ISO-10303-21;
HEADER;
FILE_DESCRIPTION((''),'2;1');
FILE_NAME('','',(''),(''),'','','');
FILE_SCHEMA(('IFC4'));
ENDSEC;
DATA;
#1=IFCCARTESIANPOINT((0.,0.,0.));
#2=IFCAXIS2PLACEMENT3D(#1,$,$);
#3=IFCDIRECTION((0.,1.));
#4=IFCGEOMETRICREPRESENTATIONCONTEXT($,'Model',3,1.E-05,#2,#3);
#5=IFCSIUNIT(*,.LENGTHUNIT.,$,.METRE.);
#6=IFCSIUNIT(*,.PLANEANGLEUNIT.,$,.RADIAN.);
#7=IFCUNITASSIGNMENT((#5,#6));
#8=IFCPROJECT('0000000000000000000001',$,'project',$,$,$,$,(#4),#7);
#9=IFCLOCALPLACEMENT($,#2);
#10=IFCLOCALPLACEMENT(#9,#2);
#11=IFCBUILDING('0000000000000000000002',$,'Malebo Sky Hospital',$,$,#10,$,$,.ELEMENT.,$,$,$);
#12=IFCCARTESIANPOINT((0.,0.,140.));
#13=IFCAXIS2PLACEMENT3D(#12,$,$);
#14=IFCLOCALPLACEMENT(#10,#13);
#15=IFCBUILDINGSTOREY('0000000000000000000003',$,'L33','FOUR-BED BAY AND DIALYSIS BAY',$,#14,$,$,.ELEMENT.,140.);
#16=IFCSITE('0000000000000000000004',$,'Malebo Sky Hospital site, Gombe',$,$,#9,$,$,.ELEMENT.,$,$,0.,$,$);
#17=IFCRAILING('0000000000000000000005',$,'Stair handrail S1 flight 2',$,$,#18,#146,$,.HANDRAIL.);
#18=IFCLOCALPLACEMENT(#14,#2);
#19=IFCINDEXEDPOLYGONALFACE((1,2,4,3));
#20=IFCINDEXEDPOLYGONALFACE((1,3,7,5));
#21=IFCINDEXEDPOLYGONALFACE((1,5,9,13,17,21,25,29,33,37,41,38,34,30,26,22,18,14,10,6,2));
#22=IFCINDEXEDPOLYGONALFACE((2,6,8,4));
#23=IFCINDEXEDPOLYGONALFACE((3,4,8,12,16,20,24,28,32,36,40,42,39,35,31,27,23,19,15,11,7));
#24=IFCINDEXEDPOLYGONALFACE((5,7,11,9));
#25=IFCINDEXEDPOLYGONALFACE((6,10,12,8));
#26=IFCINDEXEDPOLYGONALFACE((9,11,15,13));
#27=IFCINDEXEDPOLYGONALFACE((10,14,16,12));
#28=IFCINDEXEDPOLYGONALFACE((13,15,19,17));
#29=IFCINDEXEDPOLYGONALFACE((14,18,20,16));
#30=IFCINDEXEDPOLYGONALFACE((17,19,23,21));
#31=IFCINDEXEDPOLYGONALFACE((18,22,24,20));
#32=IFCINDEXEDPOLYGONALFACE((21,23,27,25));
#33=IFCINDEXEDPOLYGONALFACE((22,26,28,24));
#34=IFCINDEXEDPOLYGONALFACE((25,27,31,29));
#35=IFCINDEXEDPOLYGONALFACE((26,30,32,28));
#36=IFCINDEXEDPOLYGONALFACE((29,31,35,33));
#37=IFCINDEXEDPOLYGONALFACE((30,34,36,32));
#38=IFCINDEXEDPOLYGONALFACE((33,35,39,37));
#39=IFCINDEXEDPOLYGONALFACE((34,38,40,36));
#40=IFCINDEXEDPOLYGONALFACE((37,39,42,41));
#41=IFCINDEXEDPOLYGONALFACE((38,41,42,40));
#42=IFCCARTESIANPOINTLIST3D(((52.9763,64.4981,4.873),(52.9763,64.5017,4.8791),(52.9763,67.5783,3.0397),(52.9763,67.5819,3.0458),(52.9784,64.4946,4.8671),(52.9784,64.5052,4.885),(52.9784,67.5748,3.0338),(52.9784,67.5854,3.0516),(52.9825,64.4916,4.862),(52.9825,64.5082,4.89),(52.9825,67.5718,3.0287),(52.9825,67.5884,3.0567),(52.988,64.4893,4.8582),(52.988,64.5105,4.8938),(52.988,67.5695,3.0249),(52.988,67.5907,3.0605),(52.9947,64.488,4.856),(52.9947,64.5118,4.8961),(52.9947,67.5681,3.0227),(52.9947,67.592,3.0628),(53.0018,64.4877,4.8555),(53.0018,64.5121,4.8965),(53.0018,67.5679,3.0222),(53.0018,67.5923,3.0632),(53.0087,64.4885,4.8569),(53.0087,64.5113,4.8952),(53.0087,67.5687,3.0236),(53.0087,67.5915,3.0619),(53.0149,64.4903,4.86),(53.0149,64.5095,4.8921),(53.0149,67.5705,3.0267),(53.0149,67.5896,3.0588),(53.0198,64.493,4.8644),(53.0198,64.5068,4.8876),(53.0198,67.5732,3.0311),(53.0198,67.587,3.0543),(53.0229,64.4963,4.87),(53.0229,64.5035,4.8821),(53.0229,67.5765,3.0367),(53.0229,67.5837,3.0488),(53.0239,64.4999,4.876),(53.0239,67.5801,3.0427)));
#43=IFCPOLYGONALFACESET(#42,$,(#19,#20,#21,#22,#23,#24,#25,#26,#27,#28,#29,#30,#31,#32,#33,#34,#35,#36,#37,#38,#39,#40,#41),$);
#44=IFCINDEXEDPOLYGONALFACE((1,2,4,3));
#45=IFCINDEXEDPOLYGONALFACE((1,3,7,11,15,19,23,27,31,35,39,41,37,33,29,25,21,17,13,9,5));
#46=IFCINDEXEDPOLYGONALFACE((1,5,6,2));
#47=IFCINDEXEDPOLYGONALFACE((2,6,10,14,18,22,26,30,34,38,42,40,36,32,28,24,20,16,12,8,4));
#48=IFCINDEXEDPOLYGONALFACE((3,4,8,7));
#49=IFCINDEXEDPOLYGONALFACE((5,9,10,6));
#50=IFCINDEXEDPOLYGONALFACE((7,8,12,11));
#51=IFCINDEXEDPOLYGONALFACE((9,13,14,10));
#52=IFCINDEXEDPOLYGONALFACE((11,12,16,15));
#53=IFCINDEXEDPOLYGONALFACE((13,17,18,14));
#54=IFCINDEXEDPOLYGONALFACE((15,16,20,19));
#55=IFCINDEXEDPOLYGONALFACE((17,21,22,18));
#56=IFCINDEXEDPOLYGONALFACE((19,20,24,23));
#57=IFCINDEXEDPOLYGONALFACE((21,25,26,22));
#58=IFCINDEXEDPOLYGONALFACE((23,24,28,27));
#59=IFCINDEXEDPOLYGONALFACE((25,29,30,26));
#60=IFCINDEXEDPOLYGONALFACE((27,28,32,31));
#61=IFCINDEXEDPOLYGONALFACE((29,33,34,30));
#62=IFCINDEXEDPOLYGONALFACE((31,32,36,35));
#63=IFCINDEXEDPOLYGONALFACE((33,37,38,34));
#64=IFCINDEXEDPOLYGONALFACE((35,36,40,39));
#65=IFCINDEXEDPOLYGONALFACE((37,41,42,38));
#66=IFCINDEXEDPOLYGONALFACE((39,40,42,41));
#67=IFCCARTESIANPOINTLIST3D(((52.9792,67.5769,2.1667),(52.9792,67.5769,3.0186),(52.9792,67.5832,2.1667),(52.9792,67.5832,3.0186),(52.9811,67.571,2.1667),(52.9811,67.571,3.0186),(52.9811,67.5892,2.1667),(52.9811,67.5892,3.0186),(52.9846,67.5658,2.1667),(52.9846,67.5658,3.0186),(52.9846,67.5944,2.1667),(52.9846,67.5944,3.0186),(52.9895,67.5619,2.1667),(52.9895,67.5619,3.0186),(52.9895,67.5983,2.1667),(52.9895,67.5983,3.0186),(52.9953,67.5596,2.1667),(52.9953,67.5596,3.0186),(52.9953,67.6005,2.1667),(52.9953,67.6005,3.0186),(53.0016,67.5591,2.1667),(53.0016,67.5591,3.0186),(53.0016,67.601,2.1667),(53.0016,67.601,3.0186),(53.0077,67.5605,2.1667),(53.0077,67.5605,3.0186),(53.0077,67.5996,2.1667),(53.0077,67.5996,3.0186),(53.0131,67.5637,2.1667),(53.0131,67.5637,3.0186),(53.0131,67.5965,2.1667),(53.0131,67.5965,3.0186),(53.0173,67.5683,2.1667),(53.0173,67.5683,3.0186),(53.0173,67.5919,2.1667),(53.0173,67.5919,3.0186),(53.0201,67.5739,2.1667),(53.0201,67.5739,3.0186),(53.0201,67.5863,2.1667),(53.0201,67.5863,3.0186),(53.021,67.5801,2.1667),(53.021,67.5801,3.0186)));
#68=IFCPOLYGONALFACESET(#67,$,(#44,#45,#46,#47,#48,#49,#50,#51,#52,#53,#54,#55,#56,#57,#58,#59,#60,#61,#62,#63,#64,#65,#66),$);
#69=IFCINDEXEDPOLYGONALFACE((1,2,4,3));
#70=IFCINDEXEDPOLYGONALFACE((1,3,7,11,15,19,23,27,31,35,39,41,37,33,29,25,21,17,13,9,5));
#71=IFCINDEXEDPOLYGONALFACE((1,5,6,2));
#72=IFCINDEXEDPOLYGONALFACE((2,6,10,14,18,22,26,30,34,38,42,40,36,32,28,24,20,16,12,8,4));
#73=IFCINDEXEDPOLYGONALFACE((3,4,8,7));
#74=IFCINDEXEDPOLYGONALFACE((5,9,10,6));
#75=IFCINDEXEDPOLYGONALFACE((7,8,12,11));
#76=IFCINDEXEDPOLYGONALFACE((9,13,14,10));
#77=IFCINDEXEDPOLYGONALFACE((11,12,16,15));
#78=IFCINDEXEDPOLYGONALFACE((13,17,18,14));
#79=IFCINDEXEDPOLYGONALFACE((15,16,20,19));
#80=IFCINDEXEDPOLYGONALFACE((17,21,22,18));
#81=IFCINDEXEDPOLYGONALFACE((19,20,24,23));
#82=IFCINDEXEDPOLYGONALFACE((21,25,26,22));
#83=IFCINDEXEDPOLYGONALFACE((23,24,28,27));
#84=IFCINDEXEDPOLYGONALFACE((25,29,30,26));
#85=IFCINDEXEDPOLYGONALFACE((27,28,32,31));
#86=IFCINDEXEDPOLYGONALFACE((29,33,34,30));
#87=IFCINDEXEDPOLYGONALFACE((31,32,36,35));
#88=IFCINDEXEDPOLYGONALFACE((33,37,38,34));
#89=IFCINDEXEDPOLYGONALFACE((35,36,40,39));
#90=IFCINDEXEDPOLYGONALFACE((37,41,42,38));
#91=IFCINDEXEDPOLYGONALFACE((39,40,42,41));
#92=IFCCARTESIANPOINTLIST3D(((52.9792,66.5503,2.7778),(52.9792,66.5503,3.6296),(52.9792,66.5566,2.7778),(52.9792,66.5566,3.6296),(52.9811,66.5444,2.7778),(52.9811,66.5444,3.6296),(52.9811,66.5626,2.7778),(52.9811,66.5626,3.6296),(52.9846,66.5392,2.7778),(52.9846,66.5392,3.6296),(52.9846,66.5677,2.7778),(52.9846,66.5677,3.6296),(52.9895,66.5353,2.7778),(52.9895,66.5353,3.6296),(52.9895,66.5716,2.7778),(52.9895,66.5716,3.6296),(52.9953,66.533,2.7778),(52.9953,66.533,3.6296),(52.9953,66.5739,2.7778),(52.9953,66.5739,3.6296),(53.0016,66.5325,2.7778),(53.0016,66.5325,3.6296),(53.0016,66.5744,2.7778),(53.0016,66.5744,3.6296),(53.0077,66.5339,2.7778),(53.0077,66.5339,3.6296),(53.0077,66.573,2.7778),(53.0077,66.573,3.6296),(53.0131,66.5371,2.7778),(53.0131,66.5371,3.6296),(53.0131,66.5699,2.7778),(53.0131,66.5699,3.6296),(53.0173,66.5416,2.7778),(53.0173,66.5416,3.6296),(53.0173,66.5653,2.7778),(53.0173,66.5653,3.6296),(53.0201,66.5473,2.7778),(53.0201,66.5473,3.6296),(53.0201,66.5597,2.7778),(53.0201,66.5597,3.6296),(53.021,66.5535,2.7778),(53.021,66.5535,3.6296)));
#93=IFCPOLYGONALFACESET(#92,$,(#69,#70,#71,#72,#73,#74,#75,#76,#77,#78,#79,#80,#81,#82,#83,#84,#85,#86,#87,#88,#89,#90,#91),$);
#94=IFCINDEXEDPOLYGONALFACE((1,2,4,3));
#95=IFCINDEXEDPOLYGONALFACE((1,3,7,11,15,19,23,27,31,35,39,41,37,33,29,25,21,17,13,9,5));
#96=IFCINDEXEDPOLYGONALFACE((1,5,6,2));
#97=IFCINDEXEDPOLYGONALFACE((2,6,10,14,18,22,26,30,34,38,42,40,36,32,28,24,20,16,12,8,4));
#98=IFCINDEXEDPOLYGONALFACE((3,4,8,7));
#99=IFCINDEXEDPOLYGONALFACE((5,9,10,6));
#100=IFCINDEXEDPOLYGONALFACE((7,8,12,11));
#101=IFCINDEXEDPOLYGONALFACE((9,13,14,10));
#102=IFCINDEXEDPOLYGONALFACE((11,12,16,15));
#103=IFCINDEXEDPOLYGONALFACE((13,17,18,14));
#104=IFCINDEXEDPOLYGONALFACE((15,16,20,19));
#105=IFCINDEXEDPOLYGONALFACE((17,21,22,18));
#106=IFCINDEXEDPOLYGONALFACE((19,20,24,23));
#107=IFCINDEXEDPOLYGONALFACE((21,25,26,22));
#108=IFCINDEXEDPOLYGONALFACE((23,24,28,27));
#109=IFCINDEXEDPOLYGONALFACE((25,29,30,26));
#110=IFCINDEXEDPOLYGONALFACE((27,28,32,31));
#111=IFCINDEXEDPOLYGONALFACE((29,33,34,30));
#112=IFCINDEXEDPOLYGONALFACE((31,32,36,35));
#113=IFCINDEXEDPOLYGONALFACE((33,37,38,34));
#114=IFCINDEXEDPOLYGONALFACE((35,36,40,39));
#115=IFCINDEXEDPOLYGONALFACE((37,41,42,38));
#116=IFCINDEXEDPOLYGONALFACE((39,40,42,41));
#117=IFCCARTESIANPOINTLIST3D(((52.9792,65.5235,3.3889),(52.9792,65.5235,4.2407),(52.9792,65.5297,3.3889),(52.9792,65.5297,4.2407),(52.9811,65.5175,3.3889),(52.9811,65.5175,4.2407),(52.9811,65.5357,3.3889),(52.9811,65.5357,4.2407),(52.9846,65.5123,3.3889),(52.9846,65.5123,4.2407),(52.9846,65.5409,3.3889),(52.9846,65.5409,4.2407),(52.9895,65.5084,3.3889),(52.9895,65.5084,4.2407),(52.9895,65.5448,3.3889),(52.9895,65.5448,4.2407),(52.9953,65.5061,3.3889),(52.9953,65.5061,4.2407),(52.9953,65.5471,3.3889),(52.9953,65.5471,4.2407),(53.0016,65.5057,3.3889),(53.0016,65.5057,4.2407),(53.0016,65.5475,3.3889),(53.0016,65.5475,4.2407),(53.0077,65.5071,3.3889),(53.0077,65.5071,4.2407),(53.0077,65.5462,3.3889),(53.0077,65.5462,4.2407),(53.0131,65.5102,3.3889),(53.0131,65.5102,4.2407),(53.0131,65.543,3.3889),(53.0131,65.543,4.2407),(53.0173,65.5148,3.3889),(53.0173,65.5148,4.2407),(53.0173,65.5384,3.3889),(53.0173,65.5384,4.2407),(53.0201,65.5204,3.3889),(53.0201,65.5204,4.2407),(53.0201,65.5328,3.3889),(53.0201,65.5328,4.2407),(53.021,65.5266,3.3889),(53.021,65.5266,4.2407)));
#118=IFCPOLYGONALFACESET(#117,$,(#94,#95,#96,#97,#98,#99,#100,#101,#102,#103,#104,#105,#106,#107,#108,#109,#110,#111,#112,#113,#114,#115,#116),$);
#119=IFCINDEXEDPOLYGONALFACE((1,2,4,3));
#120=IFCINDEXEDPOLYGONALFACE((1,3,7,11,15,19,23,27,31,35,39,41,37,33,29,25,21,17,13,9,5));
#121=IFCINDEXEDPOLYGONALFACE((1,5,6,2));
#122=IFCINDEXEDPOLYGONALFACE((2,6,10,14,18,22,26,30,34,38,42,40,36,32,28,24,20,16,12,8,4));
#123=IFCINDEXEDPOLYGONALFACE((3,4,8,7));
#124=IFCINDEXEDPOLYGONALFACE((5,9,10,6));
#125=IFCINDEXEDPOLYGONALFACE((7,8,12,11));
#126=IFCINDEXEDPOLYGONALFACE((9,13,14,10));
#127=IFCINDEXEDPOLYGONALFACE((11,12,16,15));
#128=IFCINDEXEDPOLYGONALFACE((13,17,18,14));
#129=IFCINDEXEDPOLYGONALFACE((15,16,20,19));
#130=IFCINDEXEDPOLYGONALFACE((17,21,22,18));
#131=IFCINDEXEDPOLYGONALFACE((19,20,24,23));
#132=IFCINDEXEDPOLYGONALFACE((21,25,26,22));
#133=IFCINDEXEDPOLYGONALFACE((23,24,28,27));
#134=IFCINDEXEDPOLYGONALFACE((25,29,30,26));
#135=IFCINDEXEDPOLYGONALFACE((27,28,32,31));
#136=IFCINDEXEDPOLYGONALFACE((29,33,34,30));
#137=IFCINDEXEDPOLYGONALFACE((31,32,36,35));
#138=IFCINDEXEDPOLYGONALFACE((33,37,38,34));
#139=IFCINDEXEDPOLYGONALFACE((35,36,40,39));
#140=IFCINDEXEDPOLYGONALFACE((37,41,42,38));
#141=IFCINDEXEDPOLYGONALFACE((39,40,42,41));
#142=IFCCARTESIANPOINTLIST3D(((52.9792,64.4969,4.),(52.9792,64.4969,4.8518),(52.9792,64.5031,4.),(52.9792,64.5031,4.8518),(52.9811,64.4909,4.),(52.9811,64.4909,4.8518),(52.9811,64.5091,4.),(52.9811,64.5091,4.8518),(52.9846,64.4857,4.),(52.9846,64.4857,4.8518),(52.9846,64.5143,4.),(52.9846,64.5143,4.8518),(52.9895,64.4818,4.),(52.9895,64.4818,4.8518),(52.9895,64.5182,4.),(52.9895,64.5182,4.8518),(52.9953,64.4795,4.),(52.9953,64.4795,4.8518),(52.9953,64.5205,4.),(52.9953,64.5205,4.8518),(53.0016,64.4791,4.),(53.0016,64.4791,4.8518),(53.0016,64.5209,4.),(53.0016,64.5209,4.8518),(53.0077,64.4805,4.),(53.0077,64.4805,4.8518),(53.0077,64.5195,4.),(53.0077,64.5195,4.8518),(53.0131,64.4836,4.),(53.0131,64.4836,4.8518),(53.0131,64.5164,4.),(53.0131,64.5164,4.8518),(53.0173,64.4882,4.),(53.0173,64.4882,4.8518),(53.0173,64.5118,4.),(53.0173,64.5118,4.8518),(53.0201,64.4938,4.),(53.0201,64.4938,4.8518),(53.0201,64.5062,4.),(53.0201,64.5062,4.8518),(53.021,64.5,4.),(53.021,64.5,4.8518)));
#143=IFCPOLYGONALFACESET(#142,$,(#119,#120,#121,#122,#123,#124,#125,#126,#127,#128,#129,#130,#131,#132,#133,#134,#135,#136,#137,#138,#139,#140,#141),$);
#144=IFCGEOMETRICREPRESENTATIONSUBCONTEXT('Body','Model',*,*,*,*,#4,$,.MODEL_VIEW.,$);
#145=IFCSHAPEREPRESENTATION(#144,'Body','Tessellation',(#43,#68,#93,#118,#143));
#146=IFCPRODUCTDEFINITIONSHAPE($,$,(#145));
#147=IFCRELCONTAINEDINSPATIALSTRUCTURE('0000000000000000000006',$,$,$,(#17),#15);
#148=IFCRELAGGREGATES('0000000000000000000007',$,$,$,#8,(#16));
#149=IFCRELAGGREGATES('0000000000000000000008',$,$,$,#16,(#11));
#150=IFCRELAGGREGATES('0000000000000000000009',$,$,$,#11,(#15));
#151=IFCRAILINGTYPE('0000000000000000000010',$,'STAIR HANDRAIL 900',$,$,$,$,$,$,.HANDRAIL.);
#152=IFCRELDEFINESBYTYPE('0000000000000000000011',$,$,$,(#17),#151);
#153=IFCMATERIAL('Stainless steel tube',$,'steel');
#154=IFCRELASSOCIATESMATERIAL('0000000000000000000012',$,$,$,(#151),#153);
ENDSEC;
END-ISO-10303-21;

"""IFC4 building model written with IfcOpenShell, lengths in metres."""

from ifc_helpers import new_model, si_unit, direction, frame, origin, origin_2d, place, context, subcontext, project, spatial, circle, extrude, material, type_object, element, save


model = new_model("IFC4")

# Units and contexts
model_context = context("Model", 3, precision=1e-05, world=origin(), true_north=direction((0.0, 1.0)))
body_context = subcontext(model_context, "Body", "Model", "MODEL_VIEW")
ifc_project = project(units=[si_unit("LENGTHUNIT", "METRE"), si_unit("PLANEANGLEUNIT", "RADIAN")], contexts=[model_context])

# Site, building, storey
site_placement = place(None, origin())
site = spatial("IfcSite", under=ifc_project, at=site_placement, Name="Malebo Sky Hospital site, Gombe", CompositionType="ELEMENT", RefElevation=0.0)
building_placement = place(site_placement, origin())
building = spatial("IfcBuilding", under=site, at=building_placement, Name="Malebo Sky Hospital", CompositionType="ELEMENT")
storey_placement = place(building_placement, frame((0.0, 0.0, 140.0)))
storey = spatial("IfcBuildingStorey", under=building, at=storey_placement, Name="L33", Description="FOUR-BED BAY AND DIALYSIS BAY", CompositionType="ELEMENT", Elevation=140.0)

# Railing
ifc_material_1 = material(Name="Stainless steel tube", Category="steel")
railing_type = type_object("IfcRailingType", Name="STAIR HANDRAIL 900", PredefinedType="HANDRAIL", material=ifc_material_1)
railing_1_placement = place(storey_placement, frame((53.0, 67.5801, 2.1667)))
element("IfcRailing", 1, at=railing_1_placement, inside=storey, type_object=railing_type, Name="Stair handrail S1 flight 2", PredefinedType="HANDRAIL", context=body_context, shape_type="SweptSolid", body=[
    extrude(circle(Radius=0.0239, at=origin_2d()), frame((0.0, 0.0, 0.876), z_axis=(0.0, -0.859309, 0.511458), x_axis=(1.0, 0.0, 0.0)), (0.0, 0.0, 1.0), 3.5845),
    extrude(circle(Radius=0.021, at=origin_2d()), origin(), (0.0, 0.0, 1.0), 0.8518),
    extrude(circle(Radius=0.021, at=origin_2d()), frame((0.0, -1.0266, 0.6111)), (0.0, 0.0, 1.0), 0.8518),
    extrude(circle(Radius=0.021, at=origin_2d()), frame((0.0, -2.0535, 1.2222)), (0.0, 0.0, 1.0), 0.8518),
    extrude(circle(Radius=0.021, at=origin_2d()), frame((0.0, -3.0801, 1.8333)), (0.0, 0.0, 1.0), 0.8518),
])

save(model, "model.ifc")
